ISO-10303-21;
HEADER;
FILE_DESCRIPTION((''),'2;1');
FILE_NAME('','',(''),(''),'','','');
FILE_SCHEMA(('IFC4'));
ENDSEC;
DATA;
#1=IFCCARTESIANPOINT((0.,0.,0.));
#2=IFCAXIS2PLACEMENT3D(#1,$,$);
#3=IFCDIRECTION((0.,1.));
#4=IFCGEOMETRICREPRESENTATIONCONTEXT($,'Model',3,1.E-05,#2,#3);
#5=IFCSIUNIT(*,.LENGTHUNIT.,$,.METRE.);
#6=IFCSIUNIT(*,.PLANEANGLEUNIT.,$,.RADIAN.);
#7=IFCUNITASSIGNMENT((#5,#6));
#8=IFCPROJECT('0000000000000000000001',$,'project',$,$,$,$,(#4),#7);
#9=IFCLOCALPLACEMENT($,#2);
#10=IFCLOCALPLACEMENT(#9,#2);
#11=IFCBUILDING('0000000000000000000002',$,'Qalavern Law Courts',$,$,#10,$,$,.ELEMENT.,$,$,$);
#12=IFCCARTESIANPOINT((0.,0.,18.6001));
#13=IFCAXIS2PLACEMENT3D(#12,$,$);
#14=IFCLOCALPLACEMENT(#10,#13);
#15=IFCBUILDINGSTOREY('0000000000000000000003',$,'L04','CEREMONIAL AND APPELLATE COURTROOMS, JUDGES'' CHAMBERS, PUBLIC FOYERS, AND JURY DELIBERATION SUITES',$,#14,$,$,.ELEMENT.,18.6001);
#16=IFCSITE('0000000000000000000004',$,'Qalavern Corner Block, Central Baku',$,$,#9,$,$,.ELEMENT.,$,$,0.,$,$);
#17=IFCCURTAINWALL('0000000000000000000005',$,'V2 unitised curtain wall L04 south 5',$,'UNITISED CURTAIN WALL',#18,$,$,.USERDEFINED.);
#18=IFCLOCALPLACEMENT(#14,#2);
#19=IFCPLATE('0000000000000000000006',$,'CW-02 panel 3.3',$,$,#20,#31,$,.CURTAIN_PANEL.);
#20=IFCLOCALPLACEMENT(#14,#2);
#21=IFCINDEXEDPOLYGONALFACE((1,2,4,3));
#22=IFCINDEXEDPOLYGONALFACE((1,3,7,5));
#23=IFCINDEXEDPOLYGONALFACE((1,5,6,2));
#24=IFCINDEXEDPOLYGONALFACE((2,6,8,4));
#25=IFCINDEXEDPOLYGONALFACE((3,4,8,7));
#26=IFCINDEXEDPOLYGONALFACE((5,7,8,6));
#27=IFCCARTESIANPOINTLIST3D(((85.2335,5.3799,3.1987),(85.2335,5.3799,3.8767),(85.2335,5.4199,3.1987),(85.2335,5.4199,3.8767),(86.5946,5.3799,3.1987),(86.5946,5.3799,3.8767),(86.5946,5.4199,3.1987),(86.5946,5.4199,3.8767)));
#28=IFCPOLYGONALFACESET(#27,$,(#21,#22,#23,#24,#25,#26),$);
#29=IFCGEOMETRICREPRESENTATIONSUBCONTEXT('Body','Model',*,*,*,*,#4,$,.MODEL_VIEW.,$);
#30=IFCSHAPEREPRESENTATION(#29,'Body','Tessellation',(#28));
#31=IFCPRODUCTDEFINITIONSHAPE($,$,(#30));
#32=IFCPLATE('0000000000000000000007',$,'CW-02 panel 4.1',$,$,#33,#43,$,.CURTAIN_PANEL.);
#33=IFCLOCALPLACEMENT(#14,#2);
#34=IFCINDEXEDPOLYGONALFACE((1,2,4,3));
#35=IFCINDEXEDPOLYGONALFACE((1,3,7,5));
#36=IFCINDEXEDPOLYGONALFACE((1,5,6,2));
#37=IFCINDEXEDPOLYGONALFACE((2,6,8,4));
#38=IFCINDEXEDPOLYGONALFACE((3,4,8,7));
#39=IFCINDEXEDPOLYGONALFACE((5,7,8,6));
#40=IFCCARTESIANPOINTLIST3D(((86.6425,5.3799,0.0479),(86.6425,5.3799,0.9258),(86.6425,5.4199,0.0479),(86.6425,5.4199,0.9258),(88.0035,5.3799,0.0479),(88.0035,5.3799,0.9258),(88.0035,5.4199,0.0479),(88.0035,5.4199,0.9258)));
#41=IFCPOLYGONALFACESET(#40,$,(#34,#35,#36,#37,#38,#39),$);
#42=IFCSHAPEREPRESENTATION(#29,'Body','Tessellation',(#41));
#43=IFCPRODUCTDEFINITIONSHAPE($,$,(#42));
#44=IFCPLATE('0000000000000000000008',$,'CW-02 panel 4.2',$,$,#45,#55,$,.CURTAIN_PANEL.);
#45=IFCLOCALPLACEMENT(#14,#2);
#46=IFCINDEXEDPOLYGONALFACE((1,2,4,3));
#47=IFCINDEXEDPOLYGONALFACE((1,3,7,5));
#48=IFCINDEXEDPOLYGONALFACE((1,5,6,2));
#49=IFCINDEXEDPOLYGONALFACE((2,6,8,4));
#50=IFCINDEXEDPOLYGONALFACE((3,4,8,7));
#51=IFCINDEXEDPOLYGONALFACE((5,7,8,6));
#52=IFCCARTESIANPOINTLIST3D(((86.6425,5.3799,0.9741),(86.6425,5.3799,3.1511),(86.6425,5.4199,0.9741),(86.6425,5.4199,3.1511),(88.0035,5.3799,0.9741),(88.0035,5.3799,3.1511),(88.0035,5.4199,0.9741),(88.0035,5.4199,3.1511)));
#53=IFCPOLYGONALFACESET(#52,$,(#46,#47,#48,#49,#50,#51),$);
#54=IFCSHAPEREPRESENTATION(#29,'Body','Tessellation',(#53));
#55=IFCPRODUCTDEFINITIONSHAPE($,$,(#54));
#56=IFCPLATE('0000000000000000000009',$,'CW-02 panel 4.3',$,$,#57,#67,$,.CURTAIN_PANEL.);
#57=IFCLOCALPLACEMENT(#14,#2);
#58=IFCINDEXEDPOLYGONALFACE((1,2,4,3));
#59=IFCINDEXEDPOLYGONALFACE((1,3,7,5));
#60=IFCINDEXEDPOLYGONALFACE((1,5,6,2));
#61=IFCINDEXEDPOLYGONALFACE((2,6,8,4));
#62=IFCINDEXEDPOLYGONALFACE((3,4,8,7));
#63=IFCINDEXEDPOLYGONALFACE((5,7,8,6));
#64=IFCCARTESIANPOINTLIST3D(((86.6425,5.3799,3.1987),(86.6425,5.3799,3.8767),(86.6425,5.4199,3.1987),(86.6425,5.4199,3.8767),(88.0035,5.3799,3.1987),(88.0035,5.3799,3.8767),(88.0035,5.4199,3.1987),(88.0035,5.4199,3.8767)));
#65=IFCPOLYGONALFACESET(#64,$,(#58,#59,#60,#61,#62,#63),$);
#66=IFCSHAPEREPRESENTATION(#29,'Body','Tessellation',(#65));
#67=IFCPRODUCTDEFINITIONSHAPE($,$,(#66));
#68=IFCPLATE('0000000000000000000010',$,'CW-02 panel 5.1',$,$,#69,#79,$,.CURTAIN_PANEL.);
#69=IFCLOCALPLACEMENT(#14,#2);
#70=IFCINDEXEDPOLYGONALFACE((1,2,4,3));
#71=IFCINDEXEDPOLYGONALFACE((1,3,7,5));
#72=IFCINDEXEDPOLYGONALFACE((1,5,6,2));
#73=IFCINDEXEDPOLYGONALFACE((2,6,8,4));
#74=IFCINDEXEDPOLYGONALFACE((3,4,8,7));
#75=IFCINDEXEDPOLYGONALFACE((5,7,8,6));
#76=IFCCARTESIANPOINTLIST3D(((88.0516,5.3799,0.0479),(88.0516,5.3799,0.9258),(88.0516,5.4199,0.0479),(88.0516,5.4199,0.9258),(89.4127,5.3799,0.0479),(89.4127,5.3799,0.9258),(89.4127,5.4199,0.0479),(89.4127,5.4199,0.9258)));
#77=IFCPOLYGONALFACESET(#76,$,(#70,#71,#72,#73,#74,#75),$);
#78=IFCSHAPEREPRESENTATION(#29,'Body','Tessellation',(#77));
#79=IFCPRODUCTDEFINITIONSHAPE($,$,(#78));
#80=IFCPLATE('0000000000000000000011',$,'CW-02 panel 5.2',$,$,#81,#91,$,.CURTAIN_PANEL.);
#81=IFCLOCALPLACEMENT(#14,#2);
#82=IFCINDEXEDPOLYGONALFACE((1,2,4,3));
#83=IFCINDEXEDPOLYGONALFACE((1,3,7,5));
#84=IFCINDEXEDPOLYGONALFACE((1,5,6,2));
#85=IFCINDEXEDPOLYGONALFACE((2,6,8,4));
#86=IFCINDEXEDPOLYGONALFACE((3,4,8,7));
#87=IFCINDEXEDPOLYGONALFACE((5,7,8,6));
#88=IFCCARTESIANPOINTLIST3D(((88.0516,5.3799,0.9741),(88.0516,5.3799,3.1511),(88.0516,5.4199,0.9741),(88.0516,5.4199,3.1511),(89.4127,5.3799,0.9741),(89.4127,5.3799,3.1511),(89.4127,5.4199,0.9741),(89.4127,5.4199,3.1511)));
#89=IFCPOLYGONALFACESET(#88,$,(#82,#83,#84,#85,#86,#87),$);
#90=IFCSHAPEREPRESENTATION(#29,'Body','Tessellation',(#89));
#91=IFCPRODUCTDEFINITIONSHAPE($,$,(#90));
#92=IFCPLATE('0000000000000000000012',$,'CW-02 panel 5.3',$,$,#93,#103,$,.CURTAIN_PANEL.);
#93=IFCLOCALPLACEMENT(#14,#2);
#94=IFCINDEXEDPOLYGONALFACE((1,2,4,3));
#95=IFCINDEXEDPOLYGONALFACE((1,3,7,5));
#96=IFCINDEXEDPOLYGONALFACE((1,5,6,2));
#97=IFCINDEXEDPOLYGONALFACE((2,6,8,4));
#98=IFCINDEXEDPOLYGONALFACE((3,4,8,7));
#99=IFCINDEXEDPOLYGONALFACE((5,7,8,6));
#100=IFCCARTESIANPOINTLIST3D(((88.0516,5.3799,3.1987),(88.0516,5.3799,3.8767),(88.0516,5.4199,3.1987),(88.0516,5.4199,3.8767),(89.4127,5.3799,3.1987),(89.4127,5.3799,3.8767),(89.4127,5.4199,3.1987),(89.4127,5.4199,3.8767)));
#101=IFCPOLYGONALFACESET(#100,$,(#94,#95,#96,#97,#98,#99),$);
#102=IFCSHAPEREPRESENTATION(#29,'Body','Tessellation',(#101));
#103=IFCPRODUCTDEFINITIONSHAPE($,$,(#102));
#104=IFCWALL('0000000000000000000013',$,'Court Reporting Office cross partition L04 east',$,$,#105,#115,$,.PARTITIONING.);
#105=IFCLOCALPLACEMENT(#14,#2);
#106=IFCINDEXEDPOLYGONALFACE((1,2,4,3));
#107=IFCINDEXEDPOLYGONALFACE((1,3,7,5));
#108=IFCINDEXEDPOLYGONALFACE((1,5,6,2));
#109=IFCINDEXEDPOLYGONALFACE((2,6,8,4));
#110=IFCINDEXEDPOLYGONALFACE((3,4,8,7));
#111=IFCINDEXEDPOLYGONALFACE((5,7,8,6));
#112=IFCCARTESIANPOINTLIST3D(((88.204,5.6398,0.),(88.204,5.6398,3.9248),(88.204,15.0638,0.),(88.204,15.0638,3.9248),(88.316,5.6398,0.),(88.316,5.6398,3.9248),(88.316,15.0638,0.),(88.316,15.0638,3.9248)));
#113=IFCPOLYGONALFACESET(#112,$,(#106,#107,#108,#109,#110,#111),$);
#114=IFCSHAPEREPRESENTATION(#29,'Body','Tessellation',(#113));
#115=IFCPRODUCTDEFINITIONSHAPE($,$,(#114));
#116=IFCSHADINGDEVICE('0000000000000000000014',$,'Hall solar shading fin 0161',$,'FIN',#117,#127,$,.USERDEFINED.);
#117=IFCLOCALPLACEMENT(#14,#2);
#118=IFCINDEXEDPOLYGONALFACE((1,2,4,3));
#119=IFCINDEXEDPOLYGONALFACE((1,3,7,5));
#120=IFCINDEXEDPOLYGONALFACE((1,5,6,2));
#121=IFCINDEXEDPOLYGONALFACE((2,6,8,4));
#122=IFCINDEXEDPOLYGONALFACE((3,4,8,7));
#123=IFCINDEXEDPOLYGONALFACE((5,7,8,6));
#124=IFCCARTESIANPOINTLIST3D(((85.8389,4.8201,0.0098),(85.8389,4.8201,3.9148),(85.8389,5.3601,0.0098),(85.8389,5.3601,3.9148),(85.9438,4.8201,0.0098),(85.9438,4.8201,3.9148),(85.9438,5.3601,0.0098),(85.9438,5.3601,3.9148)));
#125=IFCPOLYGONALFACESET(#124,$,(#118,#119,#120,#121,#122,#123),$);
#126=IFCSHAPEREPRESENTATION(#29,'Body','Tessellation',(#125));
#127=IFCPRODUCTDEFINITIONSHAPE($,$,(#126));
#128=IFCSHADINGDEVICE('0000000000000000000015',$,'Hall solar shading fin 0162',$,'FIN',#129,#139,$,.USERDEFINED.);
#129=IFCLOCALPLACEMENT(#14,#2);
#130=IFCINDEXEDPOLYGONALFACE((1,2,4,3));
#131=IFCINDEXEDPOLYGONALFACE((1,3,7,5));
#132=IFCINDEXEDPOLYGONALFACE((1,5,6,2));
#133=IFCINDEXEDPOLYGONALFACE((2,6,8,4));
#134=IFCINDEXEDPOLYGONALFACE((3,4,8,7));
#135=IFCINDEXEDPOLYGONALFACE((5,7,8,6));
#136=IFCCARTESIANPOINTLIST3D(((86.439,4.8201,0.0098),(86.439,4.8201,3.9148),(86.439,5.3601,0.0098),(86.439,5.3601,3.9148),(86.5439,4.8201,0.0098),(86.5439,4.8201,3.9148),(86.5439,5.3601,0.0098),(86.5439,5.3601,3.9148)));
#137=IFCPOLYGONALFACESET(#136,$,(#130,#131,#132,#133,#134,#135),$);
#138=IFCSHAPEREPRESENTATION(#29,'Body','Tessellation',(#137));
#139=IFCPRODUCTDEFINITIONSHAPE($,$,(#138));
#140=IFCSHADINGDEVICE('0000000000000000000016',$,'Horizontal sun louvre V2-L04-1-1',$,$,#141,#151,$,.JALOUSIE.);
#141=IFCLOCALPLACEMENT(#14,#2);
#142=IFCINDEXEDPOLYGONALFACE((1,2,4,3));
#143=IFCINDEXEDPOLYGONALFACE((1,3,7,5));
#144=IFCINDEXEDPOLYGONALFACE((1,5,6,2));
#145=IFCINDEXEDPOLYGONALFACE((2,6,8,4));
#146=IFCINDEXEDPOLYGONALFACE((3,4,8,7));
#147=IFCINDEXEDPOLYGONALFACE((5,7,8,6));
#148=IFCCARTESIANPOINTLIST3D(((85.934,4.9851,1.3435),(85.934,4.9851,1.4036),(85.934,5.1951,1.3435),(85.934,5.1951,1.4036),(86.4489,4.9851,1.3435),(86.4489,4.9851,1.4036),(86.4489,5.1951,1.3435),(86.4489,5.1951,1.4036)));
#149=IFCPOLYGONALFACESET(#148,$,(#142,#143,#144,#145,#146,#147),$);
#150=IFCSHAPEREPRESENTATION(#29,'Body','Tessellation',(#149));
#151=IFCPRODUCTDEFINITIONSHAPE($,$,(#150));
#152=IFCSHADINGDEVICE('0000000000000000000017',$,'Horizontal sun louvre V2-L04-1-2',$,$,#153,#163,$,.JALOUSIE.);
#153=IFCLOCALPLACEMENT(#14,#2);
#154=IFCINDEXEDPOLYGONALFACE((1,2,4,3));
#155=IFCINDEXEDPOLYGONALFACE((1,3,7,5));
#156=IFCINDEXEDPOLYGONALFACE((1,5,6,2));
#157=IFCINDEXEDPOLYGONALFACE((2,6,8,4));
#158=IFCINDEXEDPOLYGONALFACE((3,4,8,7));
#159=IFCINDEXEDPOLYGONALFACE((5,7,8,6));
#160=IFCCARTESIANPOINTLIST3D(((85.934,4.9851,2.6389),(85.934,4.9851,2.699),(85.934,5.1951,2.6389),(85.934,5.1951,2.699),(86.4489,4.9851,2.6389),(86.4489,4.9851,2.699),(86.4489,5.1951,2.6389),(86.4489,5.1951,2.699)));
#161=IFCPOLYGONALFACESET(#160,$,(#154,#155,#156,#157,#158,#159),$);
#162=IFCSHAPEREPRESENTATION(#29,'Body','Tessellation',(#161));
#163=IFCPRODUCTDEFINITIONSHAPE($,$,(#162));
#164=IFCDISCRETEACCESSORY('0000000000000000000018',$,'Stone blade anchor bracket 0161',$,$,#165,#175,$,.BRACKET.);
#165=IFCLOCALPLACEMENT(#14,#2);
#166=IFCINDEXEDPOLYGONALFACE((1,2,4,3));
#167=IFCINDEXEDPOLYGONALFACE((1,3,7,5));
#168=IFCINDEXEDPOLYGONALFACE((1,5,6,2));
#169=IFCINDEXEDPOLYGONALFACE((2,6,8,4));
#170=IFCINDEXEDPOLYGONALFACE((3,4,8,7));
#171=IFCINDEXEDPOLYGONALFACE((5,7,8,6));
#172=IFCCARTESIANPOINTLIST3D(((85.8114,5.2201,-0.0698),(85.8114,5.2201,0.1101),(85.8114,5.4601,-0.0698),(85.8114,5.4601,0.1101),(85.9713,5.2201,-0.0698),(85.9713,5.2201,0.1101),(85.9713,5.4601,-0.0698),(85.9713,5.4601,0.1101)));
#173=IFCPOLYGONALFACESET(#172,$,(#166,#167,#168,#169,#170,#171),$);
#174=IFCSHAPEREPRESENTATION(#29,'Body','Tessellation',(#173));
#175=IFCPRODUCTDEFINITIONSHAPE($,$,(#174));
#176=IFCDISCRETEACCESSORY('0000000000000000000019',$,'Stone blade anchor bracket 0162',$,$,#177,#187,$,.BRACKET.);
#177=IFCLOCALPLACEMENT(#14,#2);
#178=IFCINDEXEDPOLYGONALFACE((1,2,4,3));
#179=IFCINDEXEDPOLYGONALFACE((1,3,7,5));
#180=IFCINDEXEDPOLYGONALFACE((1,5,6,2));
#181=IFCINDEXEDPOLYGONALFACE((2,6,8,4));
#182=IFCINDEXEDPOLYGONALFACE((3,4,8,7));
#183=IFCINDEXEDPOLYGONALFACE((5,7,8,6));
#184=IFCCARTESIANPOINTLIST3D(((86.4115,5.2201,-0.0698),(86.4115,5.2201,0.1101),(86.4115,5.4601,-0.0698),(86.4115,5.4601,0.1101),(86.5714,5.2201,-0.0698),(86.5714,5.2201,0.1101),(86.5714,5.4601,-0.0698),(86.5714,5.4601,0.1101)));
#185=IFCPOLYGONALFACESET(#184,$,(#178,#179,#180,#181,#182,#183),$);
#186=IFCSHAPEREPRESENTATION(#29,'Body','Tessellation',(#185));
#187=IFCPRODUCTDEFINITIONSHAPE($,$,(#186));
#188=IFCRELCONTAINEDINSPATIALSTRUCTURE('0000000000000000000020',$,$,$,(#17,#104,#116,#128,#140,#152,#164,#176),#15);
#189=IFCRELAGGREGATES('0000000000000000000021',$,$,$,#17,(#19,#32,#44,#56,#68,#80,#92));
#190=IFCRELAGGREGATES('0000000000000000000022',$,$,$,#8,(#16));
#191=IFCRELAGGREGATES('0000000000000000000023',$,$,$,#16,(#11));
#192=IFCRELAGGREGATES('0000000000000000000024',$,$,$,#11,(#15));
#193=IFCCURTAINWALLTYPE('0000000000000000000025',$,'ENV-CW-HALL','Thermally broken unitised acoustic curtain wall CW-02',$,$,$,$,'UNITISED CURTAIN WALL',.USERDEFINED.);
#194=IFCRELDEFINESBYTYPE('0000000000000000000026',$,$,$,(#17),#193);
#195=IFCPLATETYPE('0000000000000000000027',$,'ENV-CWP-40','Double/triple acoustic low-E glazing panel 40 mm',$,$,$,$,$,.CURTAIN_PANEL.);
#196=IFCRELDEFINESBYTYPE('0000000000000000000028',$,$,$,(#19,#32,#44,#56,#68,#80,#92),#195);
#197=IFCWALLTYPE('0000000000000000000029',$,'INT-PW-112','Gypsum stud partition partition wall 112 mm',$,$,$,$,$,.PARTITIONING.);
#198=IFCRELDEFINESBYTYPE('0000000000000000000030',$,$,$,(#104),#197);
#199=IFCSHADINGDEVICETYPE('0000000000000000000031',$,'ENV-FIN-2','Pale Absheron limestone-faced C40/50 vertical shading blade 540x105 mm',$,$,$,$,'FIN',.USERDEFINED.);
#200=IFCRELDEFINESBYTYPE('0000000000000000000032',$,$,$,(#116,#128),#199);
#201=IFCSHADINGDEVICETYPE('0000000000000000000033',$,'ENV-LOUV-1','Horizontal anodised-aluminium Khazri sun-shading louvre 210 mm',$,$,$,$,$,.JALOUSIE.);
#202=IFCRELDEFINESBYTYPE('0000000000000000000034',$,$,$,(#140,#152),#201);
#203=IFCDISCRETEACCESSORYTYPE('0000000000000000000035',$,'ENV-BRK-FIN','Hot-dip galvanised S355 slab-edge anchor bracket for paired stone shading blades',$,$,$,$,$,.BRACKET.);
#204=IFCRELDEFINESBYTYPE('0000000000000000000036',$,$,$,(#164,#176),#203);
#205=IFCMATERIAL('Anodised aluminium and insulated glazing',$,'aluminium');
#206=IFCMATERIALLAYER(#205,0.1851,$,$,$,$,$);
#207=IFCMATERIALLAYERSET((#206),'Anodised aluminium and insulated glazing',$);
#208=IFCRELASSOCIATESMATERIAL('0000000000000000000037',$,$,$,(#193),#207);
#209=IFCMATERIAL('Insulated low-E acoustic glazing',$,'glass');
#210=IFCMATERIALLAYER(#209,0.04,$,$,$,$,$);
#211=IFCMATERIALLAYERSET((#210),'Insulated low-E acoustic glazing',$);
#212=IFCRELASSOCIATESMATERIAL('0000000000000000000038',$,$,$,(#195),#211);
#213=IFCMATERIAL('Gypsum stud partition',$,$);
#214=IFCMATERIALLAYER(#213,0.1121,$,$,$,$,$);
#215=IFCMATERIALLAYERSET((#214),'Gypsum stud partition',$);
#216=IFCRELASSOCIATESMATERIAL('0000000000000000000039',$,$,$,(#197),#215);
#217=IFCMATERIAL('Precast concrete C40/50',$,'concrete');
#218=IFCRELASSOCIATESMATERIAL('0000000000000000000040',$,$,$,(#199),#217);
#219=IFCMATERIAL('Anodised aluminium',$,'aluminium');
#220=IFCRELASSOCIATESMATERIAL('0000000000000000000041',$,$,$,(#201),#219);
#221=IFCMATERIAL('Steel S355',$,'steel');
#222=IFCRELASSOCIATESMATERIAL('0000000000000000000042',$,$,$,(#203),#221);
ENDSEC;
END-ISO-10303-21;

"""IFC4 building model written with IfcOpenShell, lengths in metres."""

from ifc_helpers import new_model, si_unit, direction, frame, frame_2d, origin, origin_2d, place, context, subcontext, project, spatial, rectangle, extrude, material, layer, layer_set, type_object, element, aggregate, save


model = new_model("IFC4")

# Units and contexts
model_context = context("Model", 3, precision=1e-05, world=origin(), true_north=direction((0.0, 1.0)))
body_context = subcontext(model_context, "Body", "Model", "MODEL_VIEW")
ifc_project = project(units=[si_unit("LENGTHUNIT", "METRE"), si_unit("PLANEANGLEUNIT", "RADIAN")], contexts=[model_context])

# Site, building, storey
site_placement = place(None, origin())
site = spatial("IfcSite", under=ifc_project, at=site_placement, Name="Qalavern Corner Block, Central Baku", CompositionType="ELEMENT", RefElevation=0.0)
building_placement = place(site_placement, origin())
building = spatial("IfcBuilding", under=site, at=building_placement, Name="Qalavern Law Courts", CompositionType="ELEMENT")
storey_placement = place(building_placement, frame((0.0, 0.0, 18.6001)))
storey = spatial("IfcBuildingStorey", under=building, at=storey_placement, Name="L04", Description="CEREMONIAL AND APPELLATE COURTROOMS, JUDGES' CHAMBERS, PUBLIC FOYERS, AND JURY DELIBERATION SUITES", CompositionType="ELEMENT", Elevation=18.6001)

# Curtain wall, plates
ifc_material_1 = material(Name="Anodised aluminium and insulated glazing", Category="aluminium")
ifc_layer_1 = layer(ifc_material_1, 0.1851)
ifc_layer_set_1 = layer_set([ifc_layer_1], Name="Anodised aluminium and insulated glazing")
curtain_wall_type = type_object("IfcCurtainWallType", Name="ENV-CW-HALL", Description="Thermally broken unitised acoustic curtain wall CW-02", ElementType="UNITISED CURTAIN WALL", PredefinedType="USERDEFINED", material=ifc_layer_set_1)
curtain_wall_placement = place(storey_placement, origin())
curtain_wall = element("IfcCurtainWall", 1, at=curtain_wall_placement, inside=storey, type_object=curtain_wall_type, Name="V2 unitised curtain wall L04 south 5", ObjectType="UNITISED CURTAIN WALL", PredefinedType="USERDEFINED")
ifc_material_2 = material(Name="Anodised aluminium", Category="aluminium")
ifc_material_3 = material(Name="Insulated low-E acoustic glazing", Category="glass")
ifc_layer_2 = layer(ifc_material_3, 0.04)
ifc_layer_set_2 = layer_set([ifc_layer_2], Name="Insulated low-E acoustic glazing")
plate_type = type_object("IfcPlateType", Name="ENV-CWP-40", Description="Double/triple acoustic low-E glazing panel 40 mm", PredefinedType="CURTAIN_PANEL", material=ifc_layer_set_2)
plate_1_placement = place(storey_placement, frame((85.9141, 5.3999, 3.1987), z_axis=(0.0, 0.0, 1.0), x_axis=(1.0, 0.0, 0.0)))
plate_1 = element("IfcPlate", 2, at=plate_1_placement, type_object=plate_type, Name="CW-02 panel 3.3", PredefinedType="CURTAIN_PANEL", context=body_context, shape_type="SweptSolid", body=[
    extrude(rectangle(XDim=1.3611, YDim=0.04, at=origin_2d()), origin(), (0.0, 0.0, 1.0), 0.678),
])
plate_2_placement = place(storey_placement, frame((87.323, 5.3999, 0.0479), z_axis=(0.0, 0.0, 1.0), x_axis=(1.0, 0.0, 0.0)))
plate_2 = element("IfcPlate", 3, at=plate_2_placement, type_object=plate_type, Name="CW-02 panel 4.1", PredefinedType="CURTAIN_PANEL", context=body_context, shape_type="SweptSolid", body=[
    extrude(rectangle(XDim=1.3611, YDim=0.04, at=origin_2d()), origin(), (0.0, 0.0, 1.0), 0.8779),
])
plate_3_placement = place(storey_placement, frame((87.323, 5.3999, 0.9741), z_axis=(0.0, 0.0, 1.0), x_axis=(1.0, 0.0, 0.0)))
plate_3 = element("IfcPlate", 4, at=plate_3_placement, type_object=plate_type, Name="CW-02 panel 4.2", PredefinedType="CURTAIN_PANEL", context=body_context, shape_type="SweptSolid", body=[
    extrude(rectangle(XDim=1.3611, YDim=0.04, at=origin_2d()), origin(), (0.0, 0.0, 1.0), 2.177),
])
plate_4_placement = place(storey_placement, frame((87.323, 5.3999, 3.1987), z_axis=(0.0, 0.0, 1.0), x_axis=(1.0, 0.0, 0.0)))
plate_4 = element("IfcPlate", 5, at=plate_4_placement, type_object=plate_type, Name="CW-02 panel 4.3", PredefinedType="CURTAIN_PANEL", context=body_context, shape_type="SweptSolid", body=[
    extrude(rectangle(XDim=1.3611, YDim=0.04, at=origin_2d()), origin(), (0.0, 0.0, 1.0), 0.678),
])
plate_5_placement = place(storey_placement, frame((88.7322, 5.3999, 0.0479), z_axis=(0.0, 0.0, 1.0), x_axis=(1.0, 0.0, 0.0)))
plate_5 = element("IfcPlate", 6, at=plate_5_placement, type_object=plate_type, Name="CW-02 panel 5.1", PredefinedType="CURTAIN_PANEL", context=body_context, shape_type="SweptSolid", body=[
    extrude(rectangle(XDim=1.3611, YDim=0.04, at=origin_2d()), origin(), (0.0, 0.0, 1.0), 0.8779),
])
plate_6_placement = place(storey_placement, frame((88.7322, 5.3999, 0.9741), z_axis=(0.0, 0.0, 1.0), x_axis=(1.0, 0.0, 0.0)))
plate_6 = element("IfcPlate", 7, at=plate_6_placement, type_object=plate_type, Name="CW-02 panel 5.2", PredefinedType="CURTAIN_PANEL", context=body_context, shape_type="SweptSolid", body=[
    extrude(rectangle(XDim=1.3611, YDim=0.04, at=origin_2d()), origin(), (0.0, 0.0, 1.0), 2.177),
])
plate_7_placement = place(storey_placement, frame((88.7322, 5.3999, 3.1987), z_axis=(0.0, 0.0, 1.0), x_axis=(1.0, 0.0, 0.0)))
plate_7 = element("IfcPlate", 8, at=plate_7_placement, type_object=plate_type, Name="CW-02 panel 5.3", PredefinedType="CURTAIN_PANEL", context=body_context, shape_type="SweptSolid", body=[
    extrude(rectangle(XDim=1.3611, YDim=0.04, at=origin_2d()), origin(), (0.0, 0.0, 1.0), 0.678),
])
aggregate(curtain_wall, [plate_1, plate_2, plate_3, plate_4, plate_5, plate_6, plate_7])

# Wall
ifc_material_4 = material(Name="Gypsum stud partition")
ifc_layer_3 = layer(ifc_material_4, 0.1121)
ifc_layer_set_3 = layer_set([ifc_layer_3], Name="Gypsum stud partition")
wall_type = type_object("IfcWallType", Name="INT-PW-112", Description="Gypsum stud partition partition wall 112 mm", PredefinedType="PARTITIONING", material=ifc_layer_set_3)
wall_placement = place(storey_placement, frame((88.26, 5.6399, 0.0), z_axis=(0.0, 0.0, 1.0), x_axis=(0.0, 1.0, 0.0)))
element("IfcWall", 9, at=wall_placement, inside=storey, type_object=wall_type, Name="Court Reporting Office cross partition L04 east", PredefinedType="PARTITIONING", context=body_context, shape_type="SweptSolid", body=[
    extrude(rectangle(XDim=9.4241, YDim=0.1121, at=frame_2d((4.7119, 0.0))), origin(), (0.0, 0.0, 1.0), 3.9248),
])

# Shading devices
ifc_material_5 = material(Name="Precast concrete C40/50", Category="concrete")
shading_device_type_1 = type_object("IfcShadingDeviceType", Name="ENV-FIN-2", Description="Pale Absheron limestone-faced C40/50 vertical shading blade 540x105 mm", ElementType="FIN", PredefinedType="USERDEFINED", material=ifc_material_5)
for number, where, z_axis, x_axis, name in (
    (10, (85.8914, 5.0901, 0.0098), (0.0, 0.0, 1.0), (0.0, -1.0, 0.0), "Hall solar shading fin 0161"),
    (11, (86.4915, 5.0901, 0.0098), (0.0, 0.0, 1.0), (0.0, -1.0, 0.0), "Hall solar shading fin 0162"),
):
    element("IfcShadingDevice", number, at=place(storey_placement, frame(where, z_axis=z_axis, x_axis=x_axis)), inside=storey, type_object=shading_device_type_1, Name=name, ObjectType="FIN", PredefinedType="USERDEFINED", context=body_context, shape_type="SweptSolid", body=[
        extrude(rectangle(XDim=0.54, YDim=0.105, at=origin_2d()), origin(), (0.0, 0.0, 1.0), 3.905),
    ])
shading_device_type_2 = type_object("IfcShadingDeviceType", Name="ENV-LOUV-1", Description="Horizontal anodised-aluminium Khazri sun-shading louvre 210 mm", PredefinedType="JALOUSIE", material=ifc_material_2)
for number, where, z_axis, x_axis, name in (
    (12, (86.1914, 5.0901, 1.3435), (0.0, 0.0, 1.0), (1.0, 0.0, 0.0), "Horizontal sun louvre V2-L04-1-1"),
    (13, (86.1914, 5.0901, 2.6389), (0.0, 0.0, 1.0), (1.0, 0.0, 0.0), "Horizontal sun louvre V2-L04-1-2"),
):
    element("IfcShadingDevice", number, at=place(storey_placement, frame(where, z_axis=z_axis, x_axis=x_axis)), inside=storey, type_object=shading_device_type_2, Name=name, PredefinedType="JALOUSIE", context=body_context, shape_type="SweptSolid", body=[
        extrude(rectangle(XDim=0.5149, YDim=0.21, at=origin_2d()), origin(), (0.0, 0.0, 1.0), 0.0601),
    ])

# Discrete accessories
ifc_material_6 = material(Name="Steel S355", Category="steel")
discrete_accessory_type = type_object("IfcDiscreteAccessoryType", Name="ENV-BRK-FIN", Description="Hot-dip galvanised S355 slab-edge anchor bracket for paired stone shading blades", PredefinedType="BRACKET", material=ifc_material_6)
for number, where, z_axis, x_axis, name in (
    (14, (85.8914, 5.3401, -0.0698), (0.0, 0.0, 1.0), (0.0, -1.0, 0.0), "Stone blade anchor bracket 0161"),
    (15, (86.4915, 5.3401, -0.0698), (0.0, 0.0, 1.0), (0.0, -1.0, 0.0), "Stone blade anchor bracket 0162"),
):
    element("IfcDiscreteAccessory", number, at=place(storey_placement, frame(where, z_axis=z_axis, x_axis=x_axis)), inside=storey, type_object=discrete_accessory_type, Name=name, PredefinedType="BRACKET", context=body_context, shape_type="SweptSolid", body=[
        extrude(rectangle(XDim=0.24, YDim=0.1599, at=origin_2d()), origin(), (0.0, 0.0, 1.0), 0.1799),
    ])

save(model, "model.ifc")
